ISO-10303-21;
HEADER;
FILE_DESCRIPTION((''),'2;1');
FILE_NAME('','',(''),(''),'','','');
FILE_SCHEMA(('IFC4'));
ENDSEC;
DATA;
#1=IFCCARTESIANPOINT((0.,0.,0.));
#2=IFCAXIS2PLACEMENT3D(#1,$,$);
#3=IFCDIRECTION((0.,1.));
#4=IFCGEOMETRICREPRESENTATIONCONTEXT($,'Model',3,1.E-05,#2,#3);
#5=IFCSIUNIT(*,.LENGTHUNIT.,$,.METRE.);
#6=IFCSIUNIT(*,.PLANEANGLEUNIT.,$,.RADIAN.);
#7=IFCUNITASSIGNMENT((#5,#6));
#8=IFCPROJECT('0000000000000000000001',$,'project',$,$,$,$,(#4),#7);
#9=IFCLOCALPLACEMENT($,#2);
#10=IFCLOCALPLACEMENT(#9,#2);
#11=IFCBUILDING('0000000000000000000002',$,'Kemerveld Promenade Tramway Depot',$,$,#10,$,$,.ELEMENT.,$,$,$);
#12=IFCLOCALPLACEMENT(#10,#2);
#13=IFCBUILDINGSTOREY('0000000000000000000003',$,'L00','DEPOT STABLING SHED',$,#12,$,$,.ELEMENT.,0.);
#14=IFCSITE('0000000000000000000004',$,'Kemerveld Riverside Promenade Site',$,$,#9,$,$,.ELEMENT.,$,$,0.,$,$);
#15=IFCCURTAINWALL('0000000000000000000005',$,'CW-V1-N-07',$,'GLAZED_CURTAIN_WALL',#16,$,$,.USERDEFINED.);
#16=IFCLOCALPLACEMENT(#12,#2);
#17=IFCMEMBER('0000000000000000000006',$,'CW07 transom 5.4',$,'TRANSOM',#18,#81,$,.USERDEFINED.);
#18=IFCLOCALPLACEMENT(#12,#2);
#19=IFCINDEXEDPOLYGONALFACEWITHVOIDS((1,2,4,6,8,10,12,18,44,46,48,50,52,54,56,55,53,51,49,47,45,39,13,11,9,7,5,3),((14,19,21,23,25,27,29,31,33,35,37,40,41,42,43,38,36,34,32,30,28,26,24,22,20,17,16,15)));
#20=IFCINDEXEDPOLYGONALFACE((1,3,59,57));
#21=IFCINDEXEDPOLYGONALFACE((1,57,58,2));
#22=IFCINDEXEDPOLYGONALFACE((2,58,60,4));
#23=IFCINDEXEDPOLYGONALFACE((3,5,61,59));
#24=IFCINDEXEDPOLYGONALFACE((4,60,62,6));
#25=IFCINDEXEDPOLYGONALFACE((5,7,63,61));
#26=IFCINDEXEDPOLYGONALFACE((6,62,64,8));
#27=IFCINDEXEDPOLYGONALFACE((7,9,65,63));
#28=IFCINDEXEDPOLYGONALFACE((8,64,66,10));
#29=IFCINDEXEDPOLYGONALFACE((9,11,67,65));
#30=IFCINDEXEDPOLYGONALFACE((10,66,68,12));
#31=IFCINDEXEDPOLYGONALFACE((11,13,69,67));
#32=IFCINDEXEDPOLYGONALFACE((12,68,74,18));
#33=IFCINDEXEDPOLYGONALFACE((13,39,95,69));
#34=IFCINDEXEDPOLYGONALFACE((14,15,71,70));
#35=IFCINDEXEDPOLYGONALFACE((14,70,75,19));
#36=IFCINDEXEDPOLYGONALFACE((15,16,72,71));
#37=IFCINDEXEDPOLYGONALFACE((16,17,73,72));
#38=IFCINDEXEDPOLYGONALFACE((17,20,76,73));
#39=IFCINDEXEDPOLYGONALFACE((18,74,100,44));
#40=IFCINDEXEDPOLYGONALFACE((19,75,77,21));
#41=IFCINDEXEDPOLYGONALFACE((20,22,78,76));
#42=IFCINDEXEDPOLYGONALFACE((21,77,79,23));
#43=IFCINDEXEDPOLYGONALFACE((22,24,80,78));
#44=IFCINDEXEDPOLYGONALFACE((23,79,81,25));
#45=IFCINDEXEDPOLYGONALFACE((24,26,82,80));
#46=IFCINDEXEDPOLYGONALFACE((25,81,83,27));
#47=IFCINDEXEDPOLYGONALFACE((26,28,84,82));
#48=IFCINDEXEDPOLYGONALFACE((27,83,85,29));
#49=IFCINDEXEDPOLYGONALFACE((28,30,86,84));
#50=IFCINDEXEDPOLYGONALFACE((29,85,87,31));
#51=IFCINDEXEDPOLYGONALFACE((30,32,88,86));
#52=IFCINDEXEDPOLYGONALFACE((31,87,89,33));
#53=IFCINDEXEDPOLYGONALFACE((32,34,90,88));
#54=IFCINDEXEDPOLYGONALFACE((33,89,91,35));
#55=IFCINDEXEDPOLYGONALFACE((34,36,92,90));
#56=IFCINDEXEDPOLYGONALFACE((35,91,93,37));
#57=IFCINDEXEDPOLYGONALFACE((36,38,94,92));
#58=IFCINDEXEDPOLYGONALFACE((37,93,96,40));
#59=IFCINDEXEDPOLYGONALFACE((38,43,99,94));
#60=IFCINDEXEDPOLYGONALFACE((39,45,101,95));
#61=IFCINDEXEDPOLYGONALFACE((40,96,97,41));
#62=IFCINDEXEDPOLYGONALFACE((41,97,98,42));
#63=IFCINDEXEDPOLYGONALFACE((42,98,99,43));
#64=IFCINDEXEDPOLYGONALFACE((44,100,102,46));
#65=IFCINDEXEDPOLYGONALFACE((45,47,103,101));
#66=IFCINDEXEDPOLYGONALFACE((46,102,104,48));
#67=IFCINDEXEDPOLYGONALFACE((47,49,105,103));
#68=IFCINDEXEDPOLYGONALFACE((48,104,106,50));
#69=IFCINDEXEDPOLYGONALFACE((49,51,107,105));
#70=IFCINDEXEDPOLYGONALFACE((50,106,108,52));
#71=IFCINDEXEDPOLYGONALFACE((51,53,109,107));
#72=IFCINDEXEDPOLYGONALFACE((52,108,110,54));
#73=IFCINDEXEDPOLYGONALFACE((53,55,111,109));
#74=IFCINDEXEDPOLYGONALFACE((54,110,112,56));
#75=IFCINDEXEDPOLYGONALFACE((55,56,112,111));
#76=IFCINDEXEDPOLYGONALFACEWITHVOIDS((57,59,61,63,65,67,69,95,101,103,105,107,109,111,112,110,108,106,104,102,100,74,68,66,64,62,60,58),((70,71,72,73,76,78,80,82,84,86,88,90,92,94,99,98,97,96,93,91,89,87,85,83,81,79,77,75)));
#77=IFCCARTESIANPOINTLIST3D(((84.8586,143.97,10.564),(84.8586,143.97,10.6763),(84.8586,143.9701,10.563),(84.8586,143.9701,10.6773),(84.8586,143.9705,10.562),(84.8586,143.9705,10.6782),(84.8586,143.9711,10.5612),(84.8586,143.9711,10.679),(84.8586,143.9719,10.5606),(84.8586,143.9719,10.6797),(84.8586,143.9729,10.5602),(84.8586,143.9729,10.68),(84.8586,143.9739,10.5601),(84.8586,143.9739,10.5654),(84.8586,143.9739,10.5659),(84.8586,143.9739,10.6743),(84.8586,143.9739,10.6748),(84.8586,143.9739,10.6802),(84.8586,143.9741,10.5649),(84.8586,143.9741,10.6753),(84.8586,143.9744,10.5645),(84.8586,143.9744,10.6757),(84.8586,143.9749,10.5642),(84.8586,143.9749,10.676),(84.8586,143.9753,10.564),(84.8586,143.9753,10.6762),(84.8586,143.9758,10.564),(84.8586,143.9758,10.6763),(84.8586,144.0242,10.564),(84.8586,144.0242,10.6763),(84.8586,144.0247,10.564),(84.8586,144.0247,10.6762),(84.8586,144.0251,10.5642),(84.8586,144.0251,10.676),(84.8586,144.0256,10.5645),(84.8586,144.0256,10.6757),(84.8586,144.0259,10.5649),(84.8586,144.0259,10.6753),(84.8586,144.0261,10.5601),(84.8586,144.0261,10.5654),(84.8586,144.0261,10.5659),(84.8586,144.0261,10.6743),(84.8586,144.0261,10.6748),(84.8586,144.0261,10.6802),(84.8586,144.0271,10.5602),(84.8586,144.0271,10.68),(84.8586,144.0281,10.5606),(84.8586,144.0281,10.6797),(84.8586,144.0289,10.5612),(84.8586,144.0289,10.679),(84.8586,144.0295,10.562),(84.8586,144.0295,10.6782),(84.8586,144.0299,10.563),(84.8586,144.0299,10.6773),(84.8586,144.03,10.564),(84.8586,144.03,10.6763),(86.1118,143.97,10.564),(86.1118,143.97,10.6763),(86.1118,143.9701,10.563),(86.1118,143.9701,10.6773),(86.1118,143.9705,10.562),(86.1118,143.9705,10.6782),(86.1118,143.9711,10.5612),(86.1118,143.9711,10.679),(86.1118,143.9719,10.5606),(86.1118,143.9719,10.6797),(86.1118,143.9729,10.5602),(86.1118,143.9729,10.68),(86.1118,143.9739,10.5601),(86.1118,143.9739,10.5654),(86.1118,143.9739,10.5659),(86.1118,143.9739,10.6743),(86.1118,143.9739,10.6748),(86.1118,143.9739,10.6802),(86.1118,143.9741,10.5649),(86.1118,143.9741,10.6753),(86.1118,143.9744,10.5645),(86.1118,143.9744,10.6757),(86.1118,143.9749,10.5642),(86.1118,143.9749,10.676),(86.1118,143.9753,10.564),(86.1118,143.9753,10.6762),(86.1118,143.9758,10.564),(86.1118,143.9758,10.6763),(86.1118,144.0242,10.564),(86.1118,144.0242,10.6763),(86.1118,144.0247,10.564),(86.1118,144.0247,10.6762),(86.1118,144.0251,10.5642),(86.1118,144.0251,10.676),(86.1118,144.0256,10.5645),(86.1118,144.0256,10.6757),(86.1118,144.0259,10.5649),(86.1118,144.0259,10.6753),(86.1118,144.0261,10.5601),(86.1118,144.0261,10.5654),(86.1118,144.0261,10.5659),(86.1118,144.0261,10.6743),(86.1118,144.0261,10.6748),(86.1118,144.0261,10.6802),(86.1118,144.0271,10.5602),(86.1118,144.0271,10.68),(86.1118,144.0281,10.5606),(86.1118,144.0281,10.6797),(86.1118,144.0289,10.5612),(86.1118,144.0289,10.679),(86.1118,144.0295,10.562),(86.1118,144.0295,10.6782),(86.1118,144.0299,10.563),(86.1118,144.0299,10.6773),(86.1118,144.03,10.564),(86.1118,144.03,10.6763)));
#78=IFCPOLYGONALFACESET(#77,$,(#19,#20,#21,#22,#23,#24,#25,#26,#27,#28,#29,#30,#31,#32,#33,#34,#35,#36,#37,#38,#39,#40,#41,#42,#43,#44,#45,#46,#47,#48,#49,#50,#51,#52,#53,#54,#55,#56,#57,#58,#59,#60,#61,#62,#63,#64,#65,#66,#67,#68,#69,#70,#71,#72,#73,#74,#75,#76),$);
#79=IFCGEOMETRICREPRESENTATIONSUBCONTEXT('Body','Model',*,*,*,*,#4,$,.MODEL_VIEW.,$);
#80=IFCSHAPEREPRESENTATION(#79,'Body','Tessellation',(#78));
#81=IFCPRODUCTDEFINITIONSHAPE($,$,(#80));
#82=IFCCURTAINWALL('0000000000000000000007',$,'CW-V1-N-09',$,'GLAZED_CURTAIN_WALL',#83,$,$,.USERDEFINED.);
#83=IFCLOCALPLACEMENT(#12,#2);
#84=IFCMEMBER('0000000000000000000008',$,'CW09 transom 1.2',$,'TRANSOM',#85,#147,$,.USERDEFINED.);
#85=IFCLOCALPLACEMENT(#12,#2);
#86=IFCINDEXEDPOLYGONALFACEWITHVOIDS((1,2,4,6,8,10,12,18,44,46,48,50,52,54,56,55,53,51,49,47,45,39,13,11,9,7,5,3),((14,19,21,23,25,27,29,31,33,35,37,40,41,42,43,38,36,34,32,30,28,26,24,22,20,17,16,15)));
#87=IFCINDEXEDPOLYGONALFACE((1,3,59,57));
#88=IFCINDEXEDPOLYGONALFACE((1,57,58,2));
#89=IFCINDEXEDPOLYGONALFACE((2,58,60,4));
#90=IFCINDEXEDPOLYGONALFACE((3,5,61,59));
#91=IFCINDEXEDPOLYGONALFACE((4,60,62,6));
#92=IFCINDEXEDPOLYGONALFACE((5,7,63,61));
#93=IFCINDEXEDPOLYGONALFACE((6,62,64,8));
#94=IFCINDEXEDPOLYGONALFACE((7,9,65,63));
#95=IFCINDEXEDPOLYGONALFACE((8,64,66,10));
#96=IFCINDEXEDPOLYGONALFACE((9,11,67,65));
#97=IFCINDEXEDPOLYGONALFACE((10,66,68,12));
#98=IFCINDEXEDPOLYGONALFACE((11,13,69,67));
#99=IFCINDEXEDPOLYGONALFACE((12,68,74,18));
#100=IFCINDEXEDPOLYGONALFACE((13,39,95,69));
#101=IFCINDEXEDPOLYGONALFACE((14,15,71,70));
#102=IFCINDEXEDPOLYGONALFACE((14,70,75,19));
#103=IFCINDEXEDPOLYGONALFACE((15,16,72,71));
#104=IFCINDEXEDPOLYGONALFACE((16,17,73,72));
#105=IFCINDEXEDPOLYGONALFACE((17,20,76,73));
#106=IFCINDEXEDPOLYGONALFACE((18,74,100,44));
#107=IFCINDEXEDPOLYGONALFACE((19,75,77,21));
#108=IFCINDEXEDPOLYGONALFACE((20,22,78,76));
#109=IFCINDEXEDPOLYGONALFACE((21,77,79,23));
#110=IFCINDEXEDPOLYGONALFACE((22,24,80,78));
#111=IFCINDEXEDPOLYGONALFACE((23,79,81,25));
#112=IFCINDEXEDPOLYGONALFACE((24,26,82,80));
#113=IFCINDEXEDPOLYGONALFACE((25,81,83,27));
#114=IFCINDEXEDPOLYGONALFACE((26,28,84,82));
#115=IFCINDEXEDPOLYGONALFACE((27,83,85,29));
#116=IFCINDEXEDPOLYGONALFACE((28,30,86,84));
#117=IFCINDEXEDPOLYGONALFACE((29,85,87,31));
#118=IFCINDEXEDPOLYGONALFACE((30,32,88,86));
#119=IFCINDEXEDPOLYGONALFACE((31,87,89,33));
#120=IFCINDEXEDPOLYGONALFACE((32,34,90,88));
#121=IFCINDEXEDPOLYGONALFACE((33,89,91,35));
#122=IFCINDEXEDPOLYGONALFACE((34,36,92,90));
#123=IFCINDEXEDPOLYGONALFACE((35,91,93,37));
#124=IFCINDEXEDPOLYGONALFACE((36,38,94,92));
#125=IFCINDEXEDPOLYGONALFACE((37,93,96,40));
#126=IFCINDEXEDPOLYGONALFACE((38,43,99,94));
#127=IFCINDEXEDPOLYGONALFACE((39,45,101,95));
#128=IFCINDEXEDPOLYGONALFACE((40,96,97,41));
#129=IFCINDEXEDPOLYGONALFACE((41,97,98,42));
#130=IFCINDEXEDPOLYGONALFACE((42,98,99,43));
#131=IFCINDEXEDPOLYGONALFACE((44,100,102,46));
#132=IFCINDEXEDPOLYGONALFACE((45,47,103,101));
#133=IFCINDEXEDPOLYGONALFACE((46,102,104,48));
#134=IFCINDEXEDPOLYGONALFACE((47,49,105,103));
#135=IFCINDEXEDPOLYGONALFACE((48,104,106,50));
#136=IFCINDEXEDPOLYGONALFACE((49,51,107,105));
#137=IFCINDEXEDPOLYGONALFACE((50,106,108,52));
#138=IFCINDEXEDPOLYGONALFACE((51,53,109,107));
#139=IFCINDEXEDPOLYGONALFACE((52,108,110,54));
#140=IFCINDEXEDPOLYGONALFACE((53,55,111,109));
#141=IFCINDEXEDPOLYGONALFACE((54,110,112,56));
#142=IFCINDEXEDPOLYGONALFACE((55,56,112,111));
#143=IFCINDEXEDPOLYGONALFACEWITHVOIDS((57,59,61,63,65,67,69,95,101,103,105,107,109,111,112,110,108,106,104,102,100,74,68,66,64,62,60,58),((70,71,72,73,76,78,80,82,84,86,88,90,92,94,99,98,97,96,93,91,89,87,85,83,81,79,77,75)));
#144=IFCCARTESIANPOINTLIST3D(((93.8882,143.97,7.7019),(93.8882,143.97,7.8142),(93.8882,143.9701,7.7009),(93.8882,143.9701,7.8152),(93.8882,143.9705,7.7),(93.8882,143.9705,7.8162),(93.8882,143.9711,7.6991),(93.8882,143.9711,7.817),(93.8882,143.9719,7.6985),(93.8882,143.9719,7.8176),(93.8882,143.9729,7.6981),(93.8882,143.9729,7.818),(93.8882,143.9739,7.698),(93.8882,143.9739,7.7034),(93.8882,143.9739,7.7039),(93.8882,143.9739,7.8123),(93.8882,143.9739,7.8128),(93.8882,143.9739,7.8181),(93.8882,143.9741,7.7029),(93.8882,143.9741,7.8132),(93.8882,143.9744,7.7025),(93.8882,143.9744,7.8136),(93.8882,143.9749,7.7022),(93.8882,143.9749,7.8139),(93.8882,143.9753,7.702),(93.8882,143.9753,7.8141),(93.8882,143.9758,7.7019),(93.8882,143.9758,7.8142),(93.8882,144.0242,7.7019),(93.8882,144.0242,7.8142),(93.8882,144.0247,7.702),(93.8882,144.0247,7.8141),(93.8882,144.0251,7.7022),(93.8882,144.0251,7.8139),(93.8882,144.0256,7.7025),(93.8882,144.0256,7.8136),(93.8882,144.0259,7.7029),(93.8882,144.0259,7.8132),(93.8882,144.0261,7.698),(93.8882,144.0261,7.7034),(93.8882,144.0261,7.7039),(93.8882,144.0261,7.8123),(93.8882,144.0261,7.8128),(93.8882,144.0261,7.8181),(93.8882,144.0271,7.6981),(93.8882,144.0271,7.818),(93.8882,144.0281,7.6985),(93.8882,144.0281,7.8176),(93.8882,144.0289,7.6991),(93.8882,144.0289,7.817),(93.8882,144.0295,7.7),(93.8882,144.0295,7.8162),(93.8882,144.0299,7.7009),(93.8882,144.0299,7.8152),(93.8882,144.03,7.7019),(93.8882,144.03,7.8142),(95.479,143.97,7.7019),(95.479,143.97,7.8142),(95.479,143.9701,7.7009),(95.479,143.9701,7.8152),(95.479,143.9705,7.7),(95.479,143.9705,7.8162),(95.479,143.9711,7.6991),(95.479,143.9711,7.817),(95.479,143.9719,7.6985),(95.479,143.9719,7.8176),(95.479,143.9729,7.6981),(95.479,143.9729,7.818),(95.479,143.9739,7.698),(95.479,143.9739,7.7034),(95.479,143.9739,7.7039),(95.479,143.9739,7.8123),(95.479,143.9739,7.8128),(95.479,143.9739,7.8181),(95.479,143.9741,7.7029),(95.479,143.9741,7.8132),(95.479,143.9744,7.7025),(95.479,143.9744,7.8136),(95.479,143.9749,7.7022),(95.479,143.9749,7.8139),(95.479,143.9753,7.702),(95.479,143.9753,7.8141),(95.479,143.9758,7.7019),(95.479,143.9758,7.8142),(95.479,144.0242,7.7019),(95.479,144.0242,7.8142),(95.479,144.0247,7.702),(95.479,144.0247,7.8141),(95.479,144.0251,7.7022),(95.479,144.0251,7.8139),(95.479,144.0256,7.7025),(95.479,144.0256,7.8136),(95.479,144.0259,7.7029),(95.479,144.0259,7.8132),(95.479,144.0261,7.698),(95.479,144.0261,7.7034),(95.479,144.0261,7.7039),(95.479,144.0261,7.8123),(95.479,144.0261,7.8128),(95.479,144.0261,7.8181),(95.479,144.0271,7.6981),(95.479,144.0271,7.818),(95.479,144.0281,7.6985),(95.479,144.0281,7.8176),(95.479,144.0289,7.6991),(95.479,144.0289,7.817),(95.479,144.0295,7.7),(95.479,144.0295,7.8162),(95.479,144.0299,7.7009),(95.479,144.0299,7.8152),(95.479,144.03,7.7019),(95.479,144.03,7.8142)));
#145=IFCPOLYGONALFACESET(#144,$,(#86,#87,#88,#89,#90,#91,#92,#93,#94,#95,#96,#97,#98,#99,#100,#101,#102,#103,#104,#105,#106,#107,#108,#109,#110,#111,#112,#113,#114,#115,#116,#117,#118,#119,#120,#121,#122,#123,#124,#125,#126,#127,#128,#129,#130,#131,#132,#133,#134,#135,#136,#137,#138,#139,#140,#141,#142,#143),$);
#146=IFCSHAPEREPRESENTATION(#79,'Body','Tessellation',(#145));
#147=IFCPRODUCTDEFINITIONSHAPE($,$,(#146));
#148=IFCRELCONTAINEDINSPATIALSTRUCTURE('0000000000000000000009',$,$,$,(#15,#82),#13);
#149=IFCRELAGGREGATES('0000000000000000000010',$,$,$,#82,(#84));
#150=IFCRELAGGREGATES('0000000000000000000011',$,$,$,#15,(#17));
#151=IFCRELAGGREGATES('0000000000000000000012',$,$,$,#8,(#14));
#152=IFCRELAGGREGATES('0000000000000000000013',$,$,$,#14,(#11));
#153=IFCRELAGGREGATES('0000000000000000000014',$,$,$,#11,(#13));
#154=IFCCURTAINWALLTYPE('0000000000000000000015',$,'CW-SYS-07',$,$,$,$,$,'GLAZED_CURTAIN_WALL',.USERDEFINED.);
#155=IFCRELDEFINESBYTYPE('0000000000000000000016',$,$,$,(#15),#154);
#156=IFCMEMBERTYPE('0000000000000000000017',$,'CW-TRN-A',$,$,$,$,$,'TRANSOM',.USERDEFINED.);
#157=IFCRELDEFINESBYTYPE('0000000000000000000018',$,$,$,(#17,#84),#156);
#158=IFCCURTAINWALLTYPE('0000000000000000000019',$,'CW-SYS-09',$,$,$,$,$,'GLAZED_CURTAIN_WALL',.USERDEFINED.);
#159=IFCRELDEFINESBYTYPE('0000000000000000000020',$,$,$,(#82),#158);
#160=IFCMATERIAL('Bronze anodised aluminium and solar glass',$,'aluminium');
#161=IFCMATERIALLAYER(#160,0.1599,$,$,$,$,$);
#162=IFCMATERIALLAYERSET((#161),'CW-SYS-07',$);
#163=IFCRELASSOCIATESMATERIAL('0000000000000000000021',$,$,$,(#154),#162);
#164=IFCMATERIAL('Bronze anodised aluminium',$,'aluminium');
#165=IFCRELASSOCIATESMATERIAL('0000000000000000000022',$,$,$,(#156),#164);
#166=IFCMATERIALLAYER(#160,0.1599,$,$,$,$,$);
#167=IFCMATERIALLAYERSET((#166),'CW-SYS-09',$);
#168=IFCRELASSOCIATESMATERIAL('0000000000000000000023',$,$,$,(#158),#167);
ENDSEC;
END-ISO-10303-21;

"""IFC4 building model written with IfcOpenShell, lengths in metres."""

from ifc_helpers import new_model, si_unit, direction, frame, origin, origin_2d, place, context, subcontext, project, spatial, hollow_rectangle, extrude, material, layer, layer_set, material_profile, profile_set, type_object, element, aggregate, save


model = new_model("IFC4")

# Units and contexts
model_context = context("Model", 3, precision=1e-05, world=origin(), true_north=direction((0.0, 1.0)))
body_context = subcontext(model_context, "Body", "Model", "MODEL_VIEW")
ifc_project = project(units=[si_unit("LENGTHUNIT", "METRE"), si_unit("PLANEANGLEUNIT", "RADIAN")], contexts=[model_context])

# Site, building, storey
site_placement = place(None, origin())
site = spatial("IfcSite", under=ifc_project, at=site_placement, Name="Kemerveld Riverside Promenade Site", CompositionType="ELEMENT", RefElevation=0.0)
building_placement = place(site_placement, origin())
building = spatial("IfcBuilding", under=site, at=building_placement, Name="Kemerveld Promenade Tramway Depot", CompositionType="ELEMENT")
storey_placement = place(building_placement, origin())
storey = spatial("IfcBuildingStorey", under=building, at=storey_placement, Name="L00", Description="DEPOT STABLING SHED", CompositionType="ELEMENT", Elevation=0.0)

# Curtain walls, members
ifc_material_1 = material(Name="Bronze anodised aluminium and solar glass", Category="aluminium")
ifc_layer_1 = layer(ifc_material_1, 0.1599)
ifc_layer_set_1 = layer_set([ifc_layer_1], Name="CW-SYS-07")
curtain_wall_type_1 = type_object("IfcCurtainWallType", Name="CW-SYS-07", ElementType="GLAZED_CURTAIN_WALL", PredefinedType="USERDEFINED", material=ifc_layer_set_1)
curtain_wall_1_placement = place(storey_placement, origin())
curtain_wall_1 = element("IfcCurtainWall", 1, at=curtain_wall_1_placement, inside=storey, type_object=curtain_wall_type_1, Name="CW-V1-N-07", ObjectType="GLAZED_CURTAIN_WALL", PredefinedType="USERDEFINED")
ifc_material_2 = material(Name="Bronze anodised aluminium", Category="aluminium")
ifc_material_profile_1 = material_profile(ifc_material_2, hollow_rectangle(XDim=0.0601, YDim=0.1201, WallThickness=0.0039, InnerFilletRadius=0.002, OuterFilletRadius=0.0039, at=origin_2d()), Name="CW-TRN-120x60")
ifc_profile_set_1 = profile_set([ifc_material_profile_1], Name="Bronze anodised aluminium")
member_type_1 = type_object("IfcMemberType", Name="CW-TRN-A", ElementType="TRANSOM", PredefinedType="USERDEFINED", material=ifc_profile_set_1)
member_1_placement = place(storey_placement, frame((84.8586, 144.0, 10.6201), z_axis=(1.0, 0.0, 0.0), x_axis=(0.0, 1.0, 0.0)))
member_1 = element("IfcMember", 2, at=member_1_placement, type_object=member_type_1, Name="CW07 transom 5.4", ObjectType="TRANSOM", PredefinedType="USERDEFINED", context=body_context, shape_type="SweptSolid", body=[
    extrude(hollow_rectangle(XDim=0.0601, YDim=0.1201, WallThickness=0.0039, InnerFilletRadius=0.002, OuterFilletRadius=0.0039, at=origin_2d()), origin(), (0.0, 0.0, 1.0), 1.2532),
])
ifc_layer_2 = layer(ifc_material_1, 0.1599)
ifc_layer_set_2 = layer_set([ifc_layer_2], Name="CW-SYS-09")
curtain_wall_type_2 = type_object("IfcCurtainWallType", Name="CW-SYS-09", ElementType="GLAZED_CURTAIN_WALL", PredefinedType="USERDEFINED", material=ifc_layer_set_2)
curtain_wall_2_placement = place(storey_placement, origin())
curtain_wall_2 = element("IfcCurtainWall", 3, at=curtain_wall_2_placement, inside=storey, type_object=curtain_wall_type_2, Name="CW-V1-N-09", ObjectType="GLAZED_CURTAIN_WALL", PredefinedType="USERDEFINED")
member_2_placement = place(storey_placement, frame((93.8882, 144.0, 7.7581), z_axis=(1.0, 0.0, 0.0), x_axis=(0.0, 1.0, 0.0)))
member_2 = element("IfcMember", 4, at=member_2_placement, type_object=member_type_1, Name="CW09 transom 1.2", ObjectType="TRANSOM", PredefinedType="USERDEFINED", context=body_context, shape_type="SweptSolid", body=[
    extrude(hollow_rectangle(XDim=0.0601, YDim=0.1201, WallThickness=0.0039, InnerFilletRadius=0.002, OuterFilletRadius=0.0039, at=origin_2d()), origin(), (0.0, 0.0, 1.0), 1.5908),
])
aggregate(curtain_wall_2, [member_2])

aggregate(curtain_wall_1, [member_1])

save(model, "model.ifc")
